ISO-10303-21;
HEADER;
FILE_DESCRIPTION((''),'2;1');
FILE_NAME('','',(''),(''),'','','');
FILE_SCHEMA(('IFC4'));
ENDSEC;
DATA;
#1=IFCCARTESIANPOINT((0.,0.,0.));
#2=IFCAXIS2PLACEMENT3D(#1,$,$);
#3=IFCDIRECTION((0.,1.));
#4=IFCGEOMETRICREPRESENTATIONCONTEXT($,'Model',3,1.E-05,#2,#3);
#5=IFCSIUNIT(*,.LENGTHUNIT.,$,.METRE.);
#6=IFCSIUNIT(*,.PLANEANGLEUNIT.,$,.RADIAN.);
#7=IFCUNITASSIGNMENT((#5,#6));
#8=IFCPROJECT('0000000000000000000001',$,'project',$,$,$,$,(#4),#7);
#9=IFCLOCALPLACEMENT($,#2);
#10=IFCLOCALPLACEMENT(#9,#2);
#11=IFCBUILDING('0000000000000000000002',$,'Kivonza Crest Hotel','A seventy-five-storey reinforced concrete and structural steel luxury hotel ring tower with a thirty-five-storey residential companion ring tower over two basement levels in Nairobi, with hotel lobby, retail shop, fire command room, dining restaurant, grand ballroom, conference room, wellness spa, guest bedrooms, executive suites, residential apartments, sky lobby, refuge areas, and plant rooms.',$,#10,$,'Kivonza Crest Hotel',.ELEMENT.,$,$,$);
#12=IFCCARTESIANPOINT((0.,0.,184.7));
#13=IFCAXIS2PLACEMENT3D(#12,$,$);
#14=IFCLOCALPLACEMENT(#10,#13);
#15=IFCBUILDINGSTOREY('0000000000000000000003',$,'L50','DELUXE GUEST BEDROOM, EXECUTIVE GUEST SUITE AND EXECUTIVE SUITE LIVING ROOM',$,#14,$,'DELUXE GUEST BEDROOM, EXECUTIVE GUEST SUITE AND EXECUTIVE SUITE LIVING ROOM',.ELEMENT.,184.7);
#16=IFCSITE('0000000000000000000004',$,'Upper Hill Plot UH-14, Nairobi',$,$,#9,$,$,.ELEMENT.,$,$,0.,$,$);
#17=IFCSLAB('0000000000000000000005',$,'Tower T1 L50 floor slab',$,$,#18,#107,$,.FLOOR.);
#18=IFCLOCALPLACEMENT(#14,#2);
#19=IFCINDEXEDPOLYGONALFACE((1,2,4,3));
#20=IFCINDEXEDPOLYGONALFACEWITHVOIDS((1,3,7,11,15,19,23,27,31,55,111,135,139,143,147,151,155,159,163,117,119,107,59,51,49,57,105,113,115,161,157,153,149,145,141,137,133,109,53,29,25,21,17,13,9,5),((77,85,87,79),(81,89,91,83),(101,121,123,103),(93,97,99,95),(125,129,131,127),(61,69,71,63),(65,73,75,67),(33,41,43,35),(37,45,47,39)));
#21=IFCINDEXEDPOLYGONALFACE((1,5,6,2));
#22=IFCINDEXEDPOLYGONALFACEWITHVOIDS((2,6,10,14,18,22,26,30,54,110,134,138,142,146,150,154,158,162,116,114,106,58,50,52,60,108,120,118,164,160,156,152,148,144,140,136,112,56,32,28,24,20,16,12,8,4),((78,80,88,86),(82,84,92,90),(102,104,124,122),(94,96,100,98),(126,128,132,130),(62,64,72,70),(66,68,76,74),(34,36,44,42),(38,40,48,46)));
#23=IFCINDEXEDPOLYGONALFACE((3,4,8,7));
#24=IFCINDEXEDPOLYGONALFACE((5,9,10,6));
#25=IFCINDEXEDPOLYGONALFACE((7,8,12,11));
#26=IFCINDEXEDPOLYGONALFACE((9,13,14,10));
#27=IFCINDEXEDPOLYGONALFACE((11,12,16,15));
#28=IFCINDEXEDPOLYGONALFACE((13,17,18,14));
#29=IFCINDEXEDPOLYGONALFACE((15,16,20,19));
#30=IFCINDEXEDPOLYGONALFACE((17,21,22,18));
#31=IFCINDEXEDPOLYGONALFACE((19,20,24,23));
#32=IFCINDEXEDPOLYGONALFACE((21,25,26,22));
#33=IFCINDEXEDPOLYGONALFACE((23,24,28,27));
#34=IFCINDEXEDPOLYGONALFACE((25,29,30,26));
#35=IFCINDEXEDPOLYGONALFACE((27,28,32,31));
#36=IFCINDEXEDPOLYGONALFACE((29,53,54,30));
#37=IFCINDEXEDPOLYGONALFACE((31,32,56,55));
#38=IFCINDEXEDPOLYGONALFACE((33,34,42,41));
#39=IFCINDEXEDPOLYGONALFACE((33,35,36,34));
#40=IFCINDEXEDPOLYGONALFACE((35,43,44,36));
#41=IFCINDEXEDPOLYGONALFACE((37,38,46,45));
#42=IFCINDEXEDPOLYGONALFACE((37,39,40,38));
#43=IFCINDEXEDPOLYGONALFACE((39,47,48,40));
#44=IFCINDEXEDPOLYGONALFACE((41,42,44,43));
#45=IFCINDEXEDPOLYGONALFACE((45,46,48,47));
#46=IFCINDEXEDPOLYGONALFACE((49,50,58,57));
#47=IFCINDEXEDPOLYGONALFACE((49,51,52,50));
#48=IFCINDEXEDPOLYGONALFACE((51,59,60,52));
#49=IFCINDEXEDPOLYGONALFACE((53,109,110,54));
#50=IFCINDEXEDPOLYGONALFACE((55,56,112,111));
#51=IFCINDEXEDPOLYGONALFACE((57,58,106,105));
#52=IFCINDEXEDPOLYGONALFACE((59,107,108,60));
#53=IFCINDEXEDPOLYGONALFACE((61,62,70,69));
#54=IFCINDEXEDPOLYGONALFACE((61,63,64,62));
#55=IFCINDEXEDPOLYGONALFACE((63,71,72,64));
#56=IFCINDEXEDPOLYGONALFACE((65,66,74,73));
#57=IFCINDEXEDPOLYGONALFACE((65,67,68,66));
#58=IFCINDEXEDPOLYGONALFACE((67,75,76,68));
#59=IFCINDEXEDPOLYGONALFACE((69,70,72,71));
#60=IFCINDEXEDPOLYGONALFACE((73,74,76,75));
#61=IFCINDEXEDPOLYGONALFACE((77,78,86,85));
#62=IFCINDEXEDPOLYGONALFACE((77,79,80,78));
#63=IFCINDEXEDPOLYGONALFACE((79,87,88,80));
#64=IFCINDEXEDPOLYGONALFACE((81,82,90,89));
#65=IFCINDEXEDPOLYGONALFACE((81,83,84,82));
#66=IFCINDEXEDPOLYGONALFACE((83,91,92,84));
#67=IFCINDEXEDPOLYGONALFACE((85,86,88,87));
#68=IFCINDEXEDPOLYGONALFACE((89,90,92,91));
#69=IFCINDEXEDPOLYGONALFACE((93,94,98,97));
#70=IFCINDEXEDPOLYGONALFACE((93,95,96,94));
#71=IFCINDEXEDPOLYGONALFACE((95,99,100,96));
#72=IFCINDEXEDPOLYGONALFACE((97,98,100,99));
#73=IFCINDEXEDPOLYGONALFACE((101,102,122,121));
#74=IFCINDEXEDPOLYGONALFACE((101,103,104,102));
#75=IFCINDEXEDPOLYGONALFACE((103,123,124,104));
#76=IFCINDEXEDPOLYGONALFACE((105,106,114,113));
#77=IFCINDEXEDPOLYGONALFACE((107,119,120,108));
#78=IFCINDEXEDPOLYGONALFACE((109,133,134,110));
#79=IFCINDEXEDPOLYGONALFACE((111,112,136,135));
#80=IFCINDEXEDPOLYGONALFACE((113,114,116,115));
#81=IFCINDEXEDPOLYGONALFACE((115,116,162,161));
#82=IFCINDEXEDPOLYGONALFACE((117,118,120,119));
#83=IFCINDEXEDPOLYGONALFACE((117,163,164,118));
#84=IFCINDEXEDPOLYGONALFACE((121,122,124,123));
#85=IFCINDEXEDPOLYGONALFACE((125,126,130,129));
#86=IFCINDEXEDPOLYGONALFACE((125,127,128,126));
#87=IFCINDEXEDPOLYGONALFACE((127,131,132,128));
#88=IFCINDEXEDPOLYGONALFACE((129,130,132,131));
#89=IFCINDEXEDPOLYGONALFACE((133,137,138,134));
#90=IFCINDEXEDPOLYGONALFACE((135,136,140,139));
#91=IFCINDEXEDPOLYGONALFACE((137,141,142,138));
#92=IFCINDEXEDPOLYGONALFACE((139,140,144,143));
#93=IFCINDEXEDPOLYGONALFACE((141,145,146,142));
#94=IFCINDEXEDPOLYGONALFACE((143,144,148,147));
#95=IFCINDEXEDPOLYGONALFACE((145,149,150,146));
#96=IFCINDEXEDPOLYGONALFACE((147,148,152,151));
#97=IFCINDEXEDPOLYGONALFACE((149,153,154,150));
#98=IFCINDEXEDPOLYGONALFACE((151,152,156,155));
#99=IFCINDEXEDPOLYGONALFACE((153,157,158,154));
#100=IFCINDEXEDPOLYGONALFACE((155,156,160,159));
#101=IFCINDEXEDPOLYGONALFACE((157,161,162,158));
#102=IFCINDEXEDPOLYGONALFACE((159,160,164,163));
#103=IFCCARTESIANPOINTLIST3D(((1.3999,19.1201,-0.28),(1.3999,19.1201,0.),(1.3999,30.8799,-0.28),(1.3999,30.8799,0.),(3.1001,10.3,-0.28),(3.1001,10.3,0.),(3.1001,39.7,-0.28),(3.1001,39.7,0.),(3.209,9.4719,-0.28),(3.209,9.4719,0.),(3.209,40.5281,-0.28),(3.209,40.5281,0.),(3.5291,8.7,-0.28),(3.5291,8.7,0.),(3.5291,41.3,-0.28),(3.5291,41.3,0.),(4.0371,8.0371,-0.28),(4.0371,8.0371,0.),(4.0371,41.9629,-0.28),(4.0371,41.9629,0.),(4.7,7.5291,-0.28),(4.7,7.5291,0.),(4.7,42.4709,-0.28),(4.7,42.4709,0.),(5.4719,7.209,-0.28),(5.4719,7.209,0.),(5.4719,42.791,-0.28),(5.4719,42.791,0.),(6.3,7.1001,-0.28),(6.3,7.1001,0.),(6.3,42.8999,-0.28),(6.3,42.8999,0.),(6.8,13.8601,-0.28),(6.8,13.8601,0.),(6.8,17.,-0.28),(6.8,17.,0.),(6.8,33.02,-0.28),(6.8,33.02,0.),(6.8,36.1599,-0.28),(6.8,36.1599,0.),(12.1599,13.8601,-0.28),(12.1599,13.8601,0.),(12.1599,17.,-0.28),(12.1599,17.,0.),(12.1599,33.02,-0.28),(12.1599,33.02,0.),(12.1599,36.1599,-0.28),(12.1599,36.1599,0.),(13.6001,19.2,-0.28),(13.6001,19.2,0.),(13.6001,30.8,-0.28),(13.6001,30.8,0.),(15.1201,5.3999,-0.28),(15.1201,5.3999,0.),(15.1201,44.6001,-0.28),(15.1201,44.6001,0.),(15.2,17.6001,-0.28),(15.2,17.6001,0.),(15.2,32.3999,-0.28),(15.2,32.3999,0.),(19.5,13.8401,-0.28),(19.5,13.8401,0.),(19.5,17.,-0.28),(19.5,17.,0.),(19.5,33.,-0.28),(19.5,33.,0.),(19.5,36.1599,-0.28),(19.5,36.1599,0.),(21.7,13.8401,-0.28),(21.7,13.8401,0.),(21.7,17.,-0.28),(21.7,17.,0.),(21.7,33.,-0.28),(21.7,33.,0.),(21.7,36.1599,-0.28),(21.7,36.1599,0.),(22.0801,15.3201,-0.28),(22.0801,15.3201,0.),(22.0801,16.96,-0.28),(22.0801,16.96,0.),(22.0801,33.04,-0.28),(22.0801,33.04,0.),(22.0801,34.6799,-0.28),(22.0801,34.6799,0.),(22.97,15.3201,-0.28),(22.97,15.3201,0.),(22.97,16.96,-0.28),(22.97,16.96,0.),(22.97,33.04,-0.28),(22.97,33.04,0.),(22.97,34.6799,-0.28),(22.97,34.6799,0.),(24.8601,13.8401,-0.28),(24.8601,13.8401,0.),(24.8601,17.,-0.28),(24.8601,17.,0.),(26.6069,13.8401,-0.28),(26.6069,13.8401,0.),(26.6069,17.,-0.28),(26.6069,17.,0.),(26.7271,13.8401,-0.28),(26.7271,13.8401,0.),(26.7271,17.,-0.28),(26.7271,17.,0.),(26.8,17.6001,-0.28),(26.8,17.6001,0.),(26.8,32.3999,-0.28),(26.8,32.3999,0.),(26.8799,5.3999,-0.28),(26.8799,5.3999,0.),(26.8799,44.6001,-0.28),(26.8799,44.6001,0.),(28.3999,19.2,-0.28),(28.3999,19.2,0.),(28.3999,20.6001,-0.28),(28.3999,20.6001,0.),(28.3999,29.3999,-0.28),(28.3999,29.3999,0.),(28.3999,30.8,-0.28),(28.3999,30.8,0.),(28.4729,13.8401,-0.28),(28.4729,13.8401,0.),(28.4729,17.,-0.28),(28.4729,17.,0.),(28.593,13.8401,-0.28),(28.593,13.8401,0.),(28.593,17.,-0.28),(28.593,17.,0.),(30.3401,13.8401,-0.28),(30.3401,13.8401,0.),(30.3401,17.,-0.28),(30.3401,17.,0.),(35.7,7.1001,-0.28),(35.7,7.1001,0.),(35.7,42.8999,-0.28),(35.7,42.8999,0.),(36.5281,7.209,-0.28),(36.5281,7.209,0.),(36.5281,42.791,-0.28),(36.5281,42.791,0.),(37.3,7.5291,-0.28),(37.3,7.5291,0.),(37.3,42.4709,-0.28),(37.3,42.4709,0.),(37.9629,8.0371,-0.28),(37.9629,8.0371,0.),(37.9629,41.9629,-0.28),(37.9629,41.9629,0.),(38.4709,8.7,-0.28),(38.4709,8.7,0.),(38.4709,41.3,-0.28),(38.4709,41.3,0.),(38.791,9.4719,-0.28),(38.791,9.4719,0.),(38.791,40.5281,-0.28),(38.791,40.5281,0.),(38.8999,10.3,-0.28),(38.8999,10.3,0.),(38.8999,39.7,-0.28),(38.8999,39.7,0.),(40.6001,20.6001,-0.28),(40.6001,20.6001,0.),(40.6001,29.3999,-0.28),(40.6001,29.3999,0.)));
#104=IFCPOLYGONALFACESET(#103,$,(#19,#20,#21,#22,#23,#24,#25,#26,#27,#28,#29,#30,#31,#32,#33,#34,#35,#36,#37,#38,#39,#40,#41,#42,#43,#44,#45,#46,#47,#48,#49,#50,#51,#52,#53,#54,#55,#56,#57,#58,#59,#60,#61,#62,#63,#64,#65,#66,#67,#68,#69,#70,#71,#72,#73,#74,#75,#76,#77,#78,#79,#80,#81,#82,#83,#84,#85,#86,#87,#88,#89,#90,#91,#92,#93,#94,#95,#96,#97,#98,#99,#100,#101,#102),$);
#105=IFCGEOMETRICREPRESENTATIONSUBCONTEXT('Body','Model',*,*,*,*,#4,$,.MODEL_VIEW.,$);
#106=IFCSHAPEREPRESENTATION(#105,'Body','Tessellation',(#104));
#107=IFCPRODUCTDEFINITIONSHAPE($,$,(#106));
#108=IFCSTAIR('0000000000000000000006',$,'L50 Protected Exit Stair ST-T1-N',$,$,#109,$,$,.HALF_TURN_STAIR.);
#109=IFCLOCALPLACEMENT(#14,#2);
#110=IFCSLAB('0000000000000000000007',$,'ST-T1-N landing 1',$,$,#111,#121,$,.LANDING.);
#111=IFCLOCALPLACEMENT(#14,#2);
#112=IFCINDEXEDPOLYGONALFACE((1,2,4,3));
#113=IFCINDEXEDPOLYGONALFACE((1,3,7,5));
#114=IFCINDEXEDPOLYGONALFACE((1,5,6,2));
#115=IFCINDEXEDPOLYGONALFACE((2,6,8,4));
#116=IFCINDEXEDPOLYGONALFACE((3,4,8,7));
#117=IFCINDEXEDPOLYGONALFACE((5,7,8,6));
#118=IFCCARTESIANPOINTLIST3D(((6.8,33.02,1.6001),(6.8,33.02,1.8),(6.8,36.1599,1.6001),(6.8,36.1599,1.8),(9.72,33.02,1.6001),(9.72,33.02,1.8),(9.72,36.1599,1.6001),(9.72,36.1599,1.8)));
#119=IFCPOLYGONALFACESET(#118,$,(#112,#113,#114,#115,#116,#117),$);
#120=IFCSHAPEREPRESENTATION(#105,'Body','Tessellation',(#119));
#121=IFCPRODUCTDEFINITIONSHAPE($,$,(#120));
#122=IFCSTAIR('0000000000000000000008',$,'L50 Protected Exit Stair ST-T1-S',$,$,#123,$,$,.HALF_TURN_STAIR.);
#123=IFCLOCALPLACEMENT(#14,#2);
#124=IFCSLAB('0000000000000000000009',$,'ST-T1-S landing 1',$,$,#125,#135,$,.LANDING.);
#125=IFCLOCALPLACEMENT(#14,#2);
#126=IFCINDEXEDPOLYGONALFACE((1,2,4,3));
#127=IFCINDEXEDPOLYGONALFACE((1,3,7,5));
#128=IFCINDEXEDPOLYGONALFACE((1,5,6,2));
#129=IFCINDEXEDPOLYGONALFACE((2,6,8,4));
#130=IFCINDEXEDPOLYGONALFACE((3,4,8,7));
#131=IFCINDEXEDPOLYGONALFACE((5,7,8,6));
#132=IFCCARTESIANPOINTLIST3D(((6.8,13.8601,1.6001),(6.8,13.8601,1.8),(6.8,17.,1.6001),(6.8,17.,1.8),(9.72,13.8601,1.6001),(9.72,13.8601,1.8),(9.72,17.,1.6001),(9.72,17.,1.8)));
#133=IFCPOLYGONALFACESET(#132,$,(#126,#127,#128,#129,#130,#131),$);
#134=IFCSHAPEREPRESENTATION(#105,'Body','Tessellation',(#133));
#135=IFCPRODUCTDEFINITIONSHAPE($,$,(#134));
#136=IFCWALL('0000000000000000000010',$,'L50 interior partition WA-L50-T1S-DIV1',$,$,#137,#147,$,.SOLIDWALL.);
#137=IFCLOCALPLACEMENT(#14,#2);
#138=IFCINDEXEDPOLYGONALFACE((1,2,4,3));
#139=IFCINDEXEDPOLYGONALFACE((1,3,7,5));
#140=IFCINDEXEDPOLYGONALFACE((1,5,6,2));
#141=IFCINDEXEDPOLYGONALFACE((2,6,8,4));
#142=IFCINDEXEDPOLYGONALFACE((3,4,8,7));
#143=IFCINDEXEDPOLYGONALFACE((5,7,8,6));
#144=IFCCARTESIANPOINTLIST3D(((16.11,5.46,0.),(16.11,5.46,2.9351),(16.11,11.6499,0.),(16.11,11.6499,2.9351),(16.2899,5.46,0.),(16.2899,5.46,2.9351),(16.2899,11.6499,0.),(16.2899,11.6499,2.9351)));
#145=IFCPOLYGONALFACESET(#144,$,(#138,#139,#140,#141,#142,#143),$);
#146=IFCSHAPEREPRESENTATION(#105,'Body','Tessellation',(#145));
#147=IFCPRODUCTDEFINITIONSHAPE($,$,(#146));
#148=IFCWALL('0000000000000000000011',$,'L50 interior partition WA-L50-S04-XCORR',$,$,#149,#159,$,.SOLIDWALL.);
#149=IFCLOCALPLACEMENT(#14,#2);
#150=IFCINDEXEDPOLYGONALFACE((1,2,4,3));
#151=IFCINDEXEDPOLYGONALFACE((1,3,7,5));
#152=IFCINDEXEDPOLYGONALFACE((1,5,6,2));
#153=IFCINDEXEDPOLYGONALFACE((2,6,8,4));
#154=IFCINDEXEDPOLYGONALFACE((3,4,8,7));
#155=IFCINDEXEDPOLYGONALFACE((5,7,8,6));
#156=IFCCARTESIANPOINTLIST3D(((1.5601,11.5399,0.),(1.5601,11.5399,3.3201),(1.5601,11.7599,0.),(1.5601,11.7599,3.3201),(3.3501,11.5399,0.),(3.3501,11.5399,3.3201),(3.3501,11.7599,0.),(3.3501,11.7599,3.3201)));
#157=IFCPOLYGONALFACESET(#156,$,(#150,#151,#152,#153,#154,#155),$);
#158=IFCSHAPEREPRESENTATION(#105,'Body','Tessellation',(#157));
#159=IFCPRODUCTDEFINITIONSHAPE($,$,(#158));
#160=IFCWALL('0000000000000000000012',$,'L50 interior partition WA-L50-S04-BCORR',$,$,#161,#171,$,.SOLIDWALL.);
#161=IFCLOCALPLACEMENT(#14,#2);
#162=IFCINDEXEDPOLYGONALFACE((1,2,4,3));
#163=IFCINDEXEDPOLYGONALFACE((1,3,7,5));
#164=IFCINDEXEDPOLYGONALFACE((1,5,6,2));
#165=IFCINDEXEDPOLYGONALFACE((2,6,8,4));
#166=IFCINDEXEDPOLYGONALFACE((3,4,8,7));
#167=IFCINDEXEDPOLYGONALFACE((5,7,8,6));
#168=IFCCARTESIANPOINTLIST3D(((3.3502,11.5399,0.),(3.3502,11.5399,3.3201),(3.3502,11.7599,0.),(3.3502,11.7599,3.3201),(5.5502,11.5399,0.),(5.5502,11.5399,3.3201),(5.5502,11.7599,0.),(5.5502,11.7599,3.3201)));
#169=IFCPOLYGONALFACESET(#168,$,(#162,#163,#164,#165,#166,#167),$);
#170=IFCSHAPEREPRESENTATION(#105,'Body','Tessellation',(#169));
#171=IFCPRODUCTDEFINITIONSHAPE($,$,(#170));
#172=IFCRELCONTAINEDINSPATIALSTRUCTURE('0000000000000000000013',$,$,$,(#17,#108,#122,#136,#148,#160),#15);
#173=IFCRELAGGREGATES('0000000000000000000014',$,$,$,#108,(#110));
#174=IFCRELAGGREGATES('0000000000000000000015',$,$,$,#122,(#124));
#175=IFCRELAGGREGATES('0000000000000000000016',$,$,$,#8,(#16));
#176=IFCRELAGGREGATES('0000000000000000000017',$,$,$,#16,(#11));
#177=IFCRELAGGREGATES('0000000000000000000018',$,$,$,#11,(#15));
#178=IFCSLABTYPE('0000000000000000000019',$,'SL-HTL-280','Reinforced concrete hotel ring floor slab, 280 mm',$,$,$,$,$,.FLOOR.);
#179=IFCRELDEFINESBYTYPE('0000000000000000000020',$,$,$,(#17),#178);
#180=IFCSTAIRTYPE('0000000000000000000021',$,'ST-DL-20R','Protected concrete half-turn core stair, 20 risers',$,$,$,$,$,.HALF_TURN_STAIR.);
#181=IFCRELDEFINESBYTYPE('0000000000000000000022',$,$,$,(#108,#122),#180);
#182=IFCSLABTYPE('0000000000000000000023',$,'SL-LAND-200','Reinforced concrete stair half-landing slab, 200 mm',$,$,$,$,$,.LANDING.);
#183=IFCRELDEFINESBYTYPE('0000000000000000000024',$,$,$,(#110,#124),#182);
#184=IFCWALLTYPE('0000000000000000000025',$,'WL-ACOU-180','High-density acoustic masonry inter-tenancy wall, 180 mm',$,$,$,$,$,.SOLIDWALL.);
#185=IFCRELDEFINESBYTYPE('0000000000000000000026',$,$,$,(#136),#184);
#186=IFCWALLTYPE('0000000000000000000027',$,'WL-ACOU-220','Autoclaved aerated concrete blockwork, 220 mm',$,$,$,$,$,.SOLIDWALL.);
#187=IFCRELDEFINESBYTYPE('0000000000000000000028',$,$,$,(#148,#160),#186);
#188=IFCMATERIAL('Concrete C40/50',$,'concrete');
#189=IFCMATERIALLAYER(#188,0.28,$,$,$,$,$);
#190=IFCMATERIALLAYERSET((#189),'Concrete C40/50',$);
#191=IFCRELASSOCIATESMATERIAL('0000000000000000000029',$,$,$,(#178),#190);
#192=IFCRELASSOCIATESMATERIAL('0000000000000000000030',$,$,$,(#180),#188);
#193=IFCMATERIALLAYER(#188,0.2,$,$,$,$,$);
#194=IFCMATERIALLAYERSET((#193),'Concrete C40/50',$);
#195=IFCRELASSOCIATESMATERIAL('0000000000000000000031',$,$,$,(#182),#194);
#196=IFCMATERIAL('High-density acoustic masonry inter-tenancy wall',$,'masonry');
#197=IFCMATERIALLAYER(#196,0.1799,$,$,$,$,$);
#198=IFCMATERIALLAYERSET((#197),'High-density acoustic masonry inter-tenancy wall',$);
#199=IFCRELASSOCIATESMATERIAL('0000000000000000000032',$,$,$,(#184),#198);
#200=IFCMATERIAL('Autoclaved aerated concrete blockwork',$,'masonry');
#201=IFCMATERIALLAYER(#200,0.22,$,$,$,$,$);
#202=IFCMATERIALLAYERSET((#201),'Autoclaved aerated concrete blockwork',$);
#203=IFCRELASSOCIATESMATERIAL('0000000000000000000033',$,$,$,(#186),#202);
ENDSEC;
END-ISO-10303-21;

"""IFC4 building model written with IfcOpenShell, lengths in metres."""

from ifc_helpers import new_model, si_unit, direction, frame, frame_2d, origin, place, context, subcontext, project, spatial, polyline, rectangle, outline, extrude, material, layer, layer_set, type_object, element, aggregate, save


model = new_model("IFC4")

# Units and contexts
model_context = context("Model", 3, precision=1e-05, world=origin(), true_north=direction((0.0, 1.0)))
body_context = subcontext(model_context, "Body", "Model", "MODEL_VIEW")
ifc_project = project(units=[si_unit("LENGTHUNIT", "METRE"), si_unit("PLANEANGLEUNIT", "RADIAN")], contexts=[model_context])

# Site, building, storey
site_placement = place(None, origin())
site = spatial("IfcSite", under=ifc_project, at=site_placement, Name="Upper Hill Plot UH-14, Nairobi", CompositionType="ELEMENT", RefElevation=0.0)
building_placement = place(site_placement, origin())
building = spatial("IfcBuilding", under=site, at=building_placement, Name="Kivonza Crest Hotel", Description="A seventy-five-storey reinforced concrete and structural steel luxury hotel ring tower with a thirty-five-storey residential companion ring tower over two basement levels in Nairobi, with hotel lobby, retail shop, fire command room, dining restaurant, grand ballroom, conference room, wellness spa, guest bedrooms, executive suites, residential apartments, sky lobby, refuge areas, and plant rooms.", LongName="Kivonza Crest Hotel", CompositionType="ELEMENT")
storey_placement = place(building_placement, frame((0.0, 0.0, 184.7)))
storey = spatial("IfcBuildingStorey", under=building, at=storey_placement, Name="L50", Description="DELUXE GUEST BEDROOM, EXECUTIVE GUEST SUITE AND EXECUTIVE SUITE LIVING ROOM", LongName="DELUXE GUEST BEDROOM, EXECUTIVE GUEST SUITE AND EXECUTIVE SUITE LIVING ROOM", CompositionType="ELEMENT", Elevation=184.7)

# Slab
ifc_material_1 = material(Name="Concrete C40/50", Category="concrete")
ifc_layer_1 = layer(ifc_material_1, 0.28)
ifc_layer_set_1 = layer_set([ifc_layer_1], Name="Concrete C40/50")
slab_type_1 = type_object("IfcSlabType", Name="SL-HTL-280", Description="Reinforced concrete hotel ring floor slab, 280 mm", PredefinedType="FLOOR", material=ifc_layer_set_1)
slab_1_placement = place(storey_placement, frame((0.0, 0.0, -0.28)))
element("IfcSlab", 1, at=slab_1_placement, inside=storey, type_object=slab_type_1, Name="Tower T1 L50 floor slab", PredefinedType="FLOOR", context=body_context, shape_type="SweptSolid", body=[
    extrude(outline(polyline([(3.1001, 10.3), (3.209, 9.4719), (3.5291, 8.7), (4.0371, 8.0371), (4.7, 7.5291), (5.4719, 7.209), (6.3, 7.1001), (15.1201, 5.3999), (26.8799, 5.3999), (35.7, 7.1001), (36.5281, 7.209), (37.3, 7.5291), (37.9629, 8.0371), (38.4709, 8.7), (38.791, 9.4719), (38.8999, 10.3), (40.6001, 20.6001), (28.3999, 20.6001), (28.3999, 19.2), (26.8, 17.6001), (15.2, 17.6001), (13.6001, 19.2), (13.6001, 30.8), (15.2, 32.3999), (26.8, 32.3999), (28.3999, 30.8), (28.3999, 29.3999), (40.6001, 29.3999), (38.8999, 39.7), (38.791, 40.5281), (38.4709, 41.3), (37.9629, 41.9629), (37.3, 42.4709), (36.5281, 42.791), (35.7, 42.8999), (26.8799, 44.6001), (15.1201, 44.6001), (6.3, 42.8999), (5.4719, 42.791), (4.7, 42.4709), (4.0371, 41.9629), (3.5291, 41.3), (3.209, 40.5281), (3.1001, 39.7), (1.3999, 30.8799), (1.3999, 19.1201), (3.1001, 10.3)]), holes=[polyline([(6.8, 33.02), (12.1599, 33.02), (12.1599, 36.1599), (6.8, 36.1599), (6.8, 33.02)]), polyline([(6.8, 13.8601), (12.1599, 13.8601), (12.1599, 17.0), (6.8, 17.0), (6.8, 13.8601)]), polyline([(22.0801, 33.04), (22.97, 33.04), (22.97, 34.6799), (22.0801, 34.6799), (22.0801, 33.04)]), polyline([(22.0801, 15.3201), (22.97, 15.3201), (22.97, 16.96), (22.0801, 16.96), (22.0801, 15.3201)]), polyline([(19.5, 33.0), (21.7, 33.0), (21.7, 36.1599), (19.5, 36.1599), (19.5, 33.0)]), polyline([(19.5, 13.8401), (21.7, 13.8401), (21.7, 17.0), (19.5, 17.0), (19.5, 13.8401)]), polyline([(24.8601, 13.8401), (26.6069, 13.8401), (26.6069, 17.0), (24.8601, 17.0), (24.8601, 13.8401)]), polyline([(26.7271, 13.8401), (28.4729, 13.8401), (28.4729, 17.0), (26.7271, 17.0), (26.7271, 13.8401)]), polyline([(28.593, 13.8401), (30.3401, 13.8401), (30.3401, 17.0), (28.593, 17.0), (28.593, 13.8401)])]), origin(), (0.0, 0.0, 1.0), 0.28),
])

# Stairs, slabs
stair_type = type_object("IfcStairType", Name="ST-DL-20R", Description="Protected concrete half-turn core stair, 20 risers", PredefinedType="HALF_TURN_STAIR", material=ifc_material_1)
stair_1_placement = place(storey_placement, origin())
stair_1 = element("IfcStair", 2, at=stair_1_placement, inside=storey, type_object=stair_type, Name="L50 Protected Exit Stair ST-T1-N", PredefinedType="HALF_TURN_STAIR")
ifc_layer_2 = layer(ifc_material_1, 0.2)
ifc_layer_set_2 = layer_set([ifc_layer_2], Name="Concrete C40/50")
slab_type_2 = type_object("IfcSlabType", Name="SL-LAND-200", Description="Reinforced concrete stair half-landing slab, 200 mm", PredefinedType="LANDING", material=ifc_layer_set_2)
slab_2_placement = place(storey_placement, frame((0.0, 0.0, 1.6001)))
slab_2 = element("IfcSlab", 3, at=slab_2_placement, type_object=slab_type_2, Name="ST-T1-N landing 1", PredefinedType="LANDING", context=body_context, shape_type="SweptSolid", body=[
    extrude(outline(polyline([(9.72, 36.1599), (6.8, 36.1599), (6.8, 33.02), (9.72, 33.02), (9.72, 36.1599)])), origin(), (0.0, 0.0, 1.0), 0.2),
])
aggregate(stair_1, [slab_2])
stair_2_placement = place(storey_placement, origin())
stair_2 = element("IfcStair", 4, at=stair_2_placement, inside=storey, type_object=stair_type, Name="L50 Protected Exit Stair ST-T1-S", PredefinedType="HALF_TURN_STAIR")
slab_3_placement = place(storey_placement, frame((0.0, 0.0, 1.6001)))
slab_3 = element("IfcSlab", 5, at=slab_3_placement, type_object=slab_type_2, Name="ST-T1-S landing 1", PredefinedType="LANDING", context=body_context, shape_type="SweptSolid", body=[
    extrude(outline(polyline([(9.72, 17.0), (6.8, 17.0), (6.8, 13.8601), (9.72, 13.8601), (9.72, 17.0)])), origin(), (0.0, 0.0, 1.0), 0.2),
])
aggregate(stair_2, [slab_3])

# Walls
ifc_material_2 = material(Name="High-density acoustic masonry inter-tenancy wall", Category="masonry")
ifc_layer_3 = layer(ifc_material_2, 0.1799)
ifc_layer_set_3 = layer_set([ifc_layer_3], Name="High-density acoustic masonry inter-tenancy wall")
wall_type_1 = type_object("IfcWallType", Name="WL-ACOU-180", Description="High-density acoustic masonry inter-tenancy wall, 180 mm", PredefinedType="SOLIDWALL", material=ifc_layer_set_3)
wall_1_placement = place(storey_placement, frame((16.2, 5.46, 0.0), z_axis=(0.0, 0.0, 1.0), x_axis=(0.0, 1.0, 0.0)))
element("IfcWall", 6, at=wall_1_placement, inside=storey, type_object=wall_type_1, Name="L50 interior partition WA-L50-T1S-DIV1", PredefinedType="SOLIDWALL", context=body_context, shape_type="SweptSolid", body=[
    extrude(rectangle(XDim=6.1899, YDim=0.1799, at=frame_2d((3.095, 0.0))), origin(), (0.0, 0.0, 1.0), 2.9351),
])
ifc_material_3 = material(Name="Autoclaved aerated concrete blockwork", Category="masonry")
ifc_layer_4 = layer(ifc_material_3, 0.22)
ifc_layer_set_4 = layer_set([ifc_layer_4], Name="Autoclaved aerated concrete blockwork")
wall_type_2 = type_object("IfcWallType", Name="WL-ACOU-220", Description="Autoclaved aerated concrete blockwork, 220 mm", PredefinedType="SOLIDWALL", material=ifc_layer_set_4)
wall_2_placement = place(storey_placement, frame((1.5601, 11.6499, 0.0), z_axis=(0.0, 0.0, 1.0), x_axis=(1.0, 0.0, 0.0)))
element("IfcWall", 7, at=wall_2_placement, inside=storey, type_object=wall_type_2, Name="L50 interior partition WA-L50-S04-XCORR", PredefinedType="SOLIDWALL", context=body_context, shape_type="SweptSolid", body=[
    extrude(rectangle(XDim=1.79, YDim=0.22, at=frame_2d((0.895, 0.0))), origin(), (0.0, 0.0, 1.0), 3.3201),
])
wall_3_placement = place(storey_placement, frame((3.3501, 11.6499, 0.0), z_axis=(0.0, 0.0, 1.0), x_axis=(1.0, 0.0, 0.0)))
element("IfcWall", 8, at=wall_3_placement, inside=storey, type_object=wall_type_2, Name="L50 interior partition WA-L50-S04-BCORR", PredefinedType="SOLIDWALL", context=body_context, shape_type="SweptSolid", body=[
    extrude(rectangle(XDim=2.2, YDim=0.22, at=frame_2d((1.1001, 0.0))), origin(), (0.0, 0.0, 1.0), 3.3201),
])

save(model, "model.ifc")
